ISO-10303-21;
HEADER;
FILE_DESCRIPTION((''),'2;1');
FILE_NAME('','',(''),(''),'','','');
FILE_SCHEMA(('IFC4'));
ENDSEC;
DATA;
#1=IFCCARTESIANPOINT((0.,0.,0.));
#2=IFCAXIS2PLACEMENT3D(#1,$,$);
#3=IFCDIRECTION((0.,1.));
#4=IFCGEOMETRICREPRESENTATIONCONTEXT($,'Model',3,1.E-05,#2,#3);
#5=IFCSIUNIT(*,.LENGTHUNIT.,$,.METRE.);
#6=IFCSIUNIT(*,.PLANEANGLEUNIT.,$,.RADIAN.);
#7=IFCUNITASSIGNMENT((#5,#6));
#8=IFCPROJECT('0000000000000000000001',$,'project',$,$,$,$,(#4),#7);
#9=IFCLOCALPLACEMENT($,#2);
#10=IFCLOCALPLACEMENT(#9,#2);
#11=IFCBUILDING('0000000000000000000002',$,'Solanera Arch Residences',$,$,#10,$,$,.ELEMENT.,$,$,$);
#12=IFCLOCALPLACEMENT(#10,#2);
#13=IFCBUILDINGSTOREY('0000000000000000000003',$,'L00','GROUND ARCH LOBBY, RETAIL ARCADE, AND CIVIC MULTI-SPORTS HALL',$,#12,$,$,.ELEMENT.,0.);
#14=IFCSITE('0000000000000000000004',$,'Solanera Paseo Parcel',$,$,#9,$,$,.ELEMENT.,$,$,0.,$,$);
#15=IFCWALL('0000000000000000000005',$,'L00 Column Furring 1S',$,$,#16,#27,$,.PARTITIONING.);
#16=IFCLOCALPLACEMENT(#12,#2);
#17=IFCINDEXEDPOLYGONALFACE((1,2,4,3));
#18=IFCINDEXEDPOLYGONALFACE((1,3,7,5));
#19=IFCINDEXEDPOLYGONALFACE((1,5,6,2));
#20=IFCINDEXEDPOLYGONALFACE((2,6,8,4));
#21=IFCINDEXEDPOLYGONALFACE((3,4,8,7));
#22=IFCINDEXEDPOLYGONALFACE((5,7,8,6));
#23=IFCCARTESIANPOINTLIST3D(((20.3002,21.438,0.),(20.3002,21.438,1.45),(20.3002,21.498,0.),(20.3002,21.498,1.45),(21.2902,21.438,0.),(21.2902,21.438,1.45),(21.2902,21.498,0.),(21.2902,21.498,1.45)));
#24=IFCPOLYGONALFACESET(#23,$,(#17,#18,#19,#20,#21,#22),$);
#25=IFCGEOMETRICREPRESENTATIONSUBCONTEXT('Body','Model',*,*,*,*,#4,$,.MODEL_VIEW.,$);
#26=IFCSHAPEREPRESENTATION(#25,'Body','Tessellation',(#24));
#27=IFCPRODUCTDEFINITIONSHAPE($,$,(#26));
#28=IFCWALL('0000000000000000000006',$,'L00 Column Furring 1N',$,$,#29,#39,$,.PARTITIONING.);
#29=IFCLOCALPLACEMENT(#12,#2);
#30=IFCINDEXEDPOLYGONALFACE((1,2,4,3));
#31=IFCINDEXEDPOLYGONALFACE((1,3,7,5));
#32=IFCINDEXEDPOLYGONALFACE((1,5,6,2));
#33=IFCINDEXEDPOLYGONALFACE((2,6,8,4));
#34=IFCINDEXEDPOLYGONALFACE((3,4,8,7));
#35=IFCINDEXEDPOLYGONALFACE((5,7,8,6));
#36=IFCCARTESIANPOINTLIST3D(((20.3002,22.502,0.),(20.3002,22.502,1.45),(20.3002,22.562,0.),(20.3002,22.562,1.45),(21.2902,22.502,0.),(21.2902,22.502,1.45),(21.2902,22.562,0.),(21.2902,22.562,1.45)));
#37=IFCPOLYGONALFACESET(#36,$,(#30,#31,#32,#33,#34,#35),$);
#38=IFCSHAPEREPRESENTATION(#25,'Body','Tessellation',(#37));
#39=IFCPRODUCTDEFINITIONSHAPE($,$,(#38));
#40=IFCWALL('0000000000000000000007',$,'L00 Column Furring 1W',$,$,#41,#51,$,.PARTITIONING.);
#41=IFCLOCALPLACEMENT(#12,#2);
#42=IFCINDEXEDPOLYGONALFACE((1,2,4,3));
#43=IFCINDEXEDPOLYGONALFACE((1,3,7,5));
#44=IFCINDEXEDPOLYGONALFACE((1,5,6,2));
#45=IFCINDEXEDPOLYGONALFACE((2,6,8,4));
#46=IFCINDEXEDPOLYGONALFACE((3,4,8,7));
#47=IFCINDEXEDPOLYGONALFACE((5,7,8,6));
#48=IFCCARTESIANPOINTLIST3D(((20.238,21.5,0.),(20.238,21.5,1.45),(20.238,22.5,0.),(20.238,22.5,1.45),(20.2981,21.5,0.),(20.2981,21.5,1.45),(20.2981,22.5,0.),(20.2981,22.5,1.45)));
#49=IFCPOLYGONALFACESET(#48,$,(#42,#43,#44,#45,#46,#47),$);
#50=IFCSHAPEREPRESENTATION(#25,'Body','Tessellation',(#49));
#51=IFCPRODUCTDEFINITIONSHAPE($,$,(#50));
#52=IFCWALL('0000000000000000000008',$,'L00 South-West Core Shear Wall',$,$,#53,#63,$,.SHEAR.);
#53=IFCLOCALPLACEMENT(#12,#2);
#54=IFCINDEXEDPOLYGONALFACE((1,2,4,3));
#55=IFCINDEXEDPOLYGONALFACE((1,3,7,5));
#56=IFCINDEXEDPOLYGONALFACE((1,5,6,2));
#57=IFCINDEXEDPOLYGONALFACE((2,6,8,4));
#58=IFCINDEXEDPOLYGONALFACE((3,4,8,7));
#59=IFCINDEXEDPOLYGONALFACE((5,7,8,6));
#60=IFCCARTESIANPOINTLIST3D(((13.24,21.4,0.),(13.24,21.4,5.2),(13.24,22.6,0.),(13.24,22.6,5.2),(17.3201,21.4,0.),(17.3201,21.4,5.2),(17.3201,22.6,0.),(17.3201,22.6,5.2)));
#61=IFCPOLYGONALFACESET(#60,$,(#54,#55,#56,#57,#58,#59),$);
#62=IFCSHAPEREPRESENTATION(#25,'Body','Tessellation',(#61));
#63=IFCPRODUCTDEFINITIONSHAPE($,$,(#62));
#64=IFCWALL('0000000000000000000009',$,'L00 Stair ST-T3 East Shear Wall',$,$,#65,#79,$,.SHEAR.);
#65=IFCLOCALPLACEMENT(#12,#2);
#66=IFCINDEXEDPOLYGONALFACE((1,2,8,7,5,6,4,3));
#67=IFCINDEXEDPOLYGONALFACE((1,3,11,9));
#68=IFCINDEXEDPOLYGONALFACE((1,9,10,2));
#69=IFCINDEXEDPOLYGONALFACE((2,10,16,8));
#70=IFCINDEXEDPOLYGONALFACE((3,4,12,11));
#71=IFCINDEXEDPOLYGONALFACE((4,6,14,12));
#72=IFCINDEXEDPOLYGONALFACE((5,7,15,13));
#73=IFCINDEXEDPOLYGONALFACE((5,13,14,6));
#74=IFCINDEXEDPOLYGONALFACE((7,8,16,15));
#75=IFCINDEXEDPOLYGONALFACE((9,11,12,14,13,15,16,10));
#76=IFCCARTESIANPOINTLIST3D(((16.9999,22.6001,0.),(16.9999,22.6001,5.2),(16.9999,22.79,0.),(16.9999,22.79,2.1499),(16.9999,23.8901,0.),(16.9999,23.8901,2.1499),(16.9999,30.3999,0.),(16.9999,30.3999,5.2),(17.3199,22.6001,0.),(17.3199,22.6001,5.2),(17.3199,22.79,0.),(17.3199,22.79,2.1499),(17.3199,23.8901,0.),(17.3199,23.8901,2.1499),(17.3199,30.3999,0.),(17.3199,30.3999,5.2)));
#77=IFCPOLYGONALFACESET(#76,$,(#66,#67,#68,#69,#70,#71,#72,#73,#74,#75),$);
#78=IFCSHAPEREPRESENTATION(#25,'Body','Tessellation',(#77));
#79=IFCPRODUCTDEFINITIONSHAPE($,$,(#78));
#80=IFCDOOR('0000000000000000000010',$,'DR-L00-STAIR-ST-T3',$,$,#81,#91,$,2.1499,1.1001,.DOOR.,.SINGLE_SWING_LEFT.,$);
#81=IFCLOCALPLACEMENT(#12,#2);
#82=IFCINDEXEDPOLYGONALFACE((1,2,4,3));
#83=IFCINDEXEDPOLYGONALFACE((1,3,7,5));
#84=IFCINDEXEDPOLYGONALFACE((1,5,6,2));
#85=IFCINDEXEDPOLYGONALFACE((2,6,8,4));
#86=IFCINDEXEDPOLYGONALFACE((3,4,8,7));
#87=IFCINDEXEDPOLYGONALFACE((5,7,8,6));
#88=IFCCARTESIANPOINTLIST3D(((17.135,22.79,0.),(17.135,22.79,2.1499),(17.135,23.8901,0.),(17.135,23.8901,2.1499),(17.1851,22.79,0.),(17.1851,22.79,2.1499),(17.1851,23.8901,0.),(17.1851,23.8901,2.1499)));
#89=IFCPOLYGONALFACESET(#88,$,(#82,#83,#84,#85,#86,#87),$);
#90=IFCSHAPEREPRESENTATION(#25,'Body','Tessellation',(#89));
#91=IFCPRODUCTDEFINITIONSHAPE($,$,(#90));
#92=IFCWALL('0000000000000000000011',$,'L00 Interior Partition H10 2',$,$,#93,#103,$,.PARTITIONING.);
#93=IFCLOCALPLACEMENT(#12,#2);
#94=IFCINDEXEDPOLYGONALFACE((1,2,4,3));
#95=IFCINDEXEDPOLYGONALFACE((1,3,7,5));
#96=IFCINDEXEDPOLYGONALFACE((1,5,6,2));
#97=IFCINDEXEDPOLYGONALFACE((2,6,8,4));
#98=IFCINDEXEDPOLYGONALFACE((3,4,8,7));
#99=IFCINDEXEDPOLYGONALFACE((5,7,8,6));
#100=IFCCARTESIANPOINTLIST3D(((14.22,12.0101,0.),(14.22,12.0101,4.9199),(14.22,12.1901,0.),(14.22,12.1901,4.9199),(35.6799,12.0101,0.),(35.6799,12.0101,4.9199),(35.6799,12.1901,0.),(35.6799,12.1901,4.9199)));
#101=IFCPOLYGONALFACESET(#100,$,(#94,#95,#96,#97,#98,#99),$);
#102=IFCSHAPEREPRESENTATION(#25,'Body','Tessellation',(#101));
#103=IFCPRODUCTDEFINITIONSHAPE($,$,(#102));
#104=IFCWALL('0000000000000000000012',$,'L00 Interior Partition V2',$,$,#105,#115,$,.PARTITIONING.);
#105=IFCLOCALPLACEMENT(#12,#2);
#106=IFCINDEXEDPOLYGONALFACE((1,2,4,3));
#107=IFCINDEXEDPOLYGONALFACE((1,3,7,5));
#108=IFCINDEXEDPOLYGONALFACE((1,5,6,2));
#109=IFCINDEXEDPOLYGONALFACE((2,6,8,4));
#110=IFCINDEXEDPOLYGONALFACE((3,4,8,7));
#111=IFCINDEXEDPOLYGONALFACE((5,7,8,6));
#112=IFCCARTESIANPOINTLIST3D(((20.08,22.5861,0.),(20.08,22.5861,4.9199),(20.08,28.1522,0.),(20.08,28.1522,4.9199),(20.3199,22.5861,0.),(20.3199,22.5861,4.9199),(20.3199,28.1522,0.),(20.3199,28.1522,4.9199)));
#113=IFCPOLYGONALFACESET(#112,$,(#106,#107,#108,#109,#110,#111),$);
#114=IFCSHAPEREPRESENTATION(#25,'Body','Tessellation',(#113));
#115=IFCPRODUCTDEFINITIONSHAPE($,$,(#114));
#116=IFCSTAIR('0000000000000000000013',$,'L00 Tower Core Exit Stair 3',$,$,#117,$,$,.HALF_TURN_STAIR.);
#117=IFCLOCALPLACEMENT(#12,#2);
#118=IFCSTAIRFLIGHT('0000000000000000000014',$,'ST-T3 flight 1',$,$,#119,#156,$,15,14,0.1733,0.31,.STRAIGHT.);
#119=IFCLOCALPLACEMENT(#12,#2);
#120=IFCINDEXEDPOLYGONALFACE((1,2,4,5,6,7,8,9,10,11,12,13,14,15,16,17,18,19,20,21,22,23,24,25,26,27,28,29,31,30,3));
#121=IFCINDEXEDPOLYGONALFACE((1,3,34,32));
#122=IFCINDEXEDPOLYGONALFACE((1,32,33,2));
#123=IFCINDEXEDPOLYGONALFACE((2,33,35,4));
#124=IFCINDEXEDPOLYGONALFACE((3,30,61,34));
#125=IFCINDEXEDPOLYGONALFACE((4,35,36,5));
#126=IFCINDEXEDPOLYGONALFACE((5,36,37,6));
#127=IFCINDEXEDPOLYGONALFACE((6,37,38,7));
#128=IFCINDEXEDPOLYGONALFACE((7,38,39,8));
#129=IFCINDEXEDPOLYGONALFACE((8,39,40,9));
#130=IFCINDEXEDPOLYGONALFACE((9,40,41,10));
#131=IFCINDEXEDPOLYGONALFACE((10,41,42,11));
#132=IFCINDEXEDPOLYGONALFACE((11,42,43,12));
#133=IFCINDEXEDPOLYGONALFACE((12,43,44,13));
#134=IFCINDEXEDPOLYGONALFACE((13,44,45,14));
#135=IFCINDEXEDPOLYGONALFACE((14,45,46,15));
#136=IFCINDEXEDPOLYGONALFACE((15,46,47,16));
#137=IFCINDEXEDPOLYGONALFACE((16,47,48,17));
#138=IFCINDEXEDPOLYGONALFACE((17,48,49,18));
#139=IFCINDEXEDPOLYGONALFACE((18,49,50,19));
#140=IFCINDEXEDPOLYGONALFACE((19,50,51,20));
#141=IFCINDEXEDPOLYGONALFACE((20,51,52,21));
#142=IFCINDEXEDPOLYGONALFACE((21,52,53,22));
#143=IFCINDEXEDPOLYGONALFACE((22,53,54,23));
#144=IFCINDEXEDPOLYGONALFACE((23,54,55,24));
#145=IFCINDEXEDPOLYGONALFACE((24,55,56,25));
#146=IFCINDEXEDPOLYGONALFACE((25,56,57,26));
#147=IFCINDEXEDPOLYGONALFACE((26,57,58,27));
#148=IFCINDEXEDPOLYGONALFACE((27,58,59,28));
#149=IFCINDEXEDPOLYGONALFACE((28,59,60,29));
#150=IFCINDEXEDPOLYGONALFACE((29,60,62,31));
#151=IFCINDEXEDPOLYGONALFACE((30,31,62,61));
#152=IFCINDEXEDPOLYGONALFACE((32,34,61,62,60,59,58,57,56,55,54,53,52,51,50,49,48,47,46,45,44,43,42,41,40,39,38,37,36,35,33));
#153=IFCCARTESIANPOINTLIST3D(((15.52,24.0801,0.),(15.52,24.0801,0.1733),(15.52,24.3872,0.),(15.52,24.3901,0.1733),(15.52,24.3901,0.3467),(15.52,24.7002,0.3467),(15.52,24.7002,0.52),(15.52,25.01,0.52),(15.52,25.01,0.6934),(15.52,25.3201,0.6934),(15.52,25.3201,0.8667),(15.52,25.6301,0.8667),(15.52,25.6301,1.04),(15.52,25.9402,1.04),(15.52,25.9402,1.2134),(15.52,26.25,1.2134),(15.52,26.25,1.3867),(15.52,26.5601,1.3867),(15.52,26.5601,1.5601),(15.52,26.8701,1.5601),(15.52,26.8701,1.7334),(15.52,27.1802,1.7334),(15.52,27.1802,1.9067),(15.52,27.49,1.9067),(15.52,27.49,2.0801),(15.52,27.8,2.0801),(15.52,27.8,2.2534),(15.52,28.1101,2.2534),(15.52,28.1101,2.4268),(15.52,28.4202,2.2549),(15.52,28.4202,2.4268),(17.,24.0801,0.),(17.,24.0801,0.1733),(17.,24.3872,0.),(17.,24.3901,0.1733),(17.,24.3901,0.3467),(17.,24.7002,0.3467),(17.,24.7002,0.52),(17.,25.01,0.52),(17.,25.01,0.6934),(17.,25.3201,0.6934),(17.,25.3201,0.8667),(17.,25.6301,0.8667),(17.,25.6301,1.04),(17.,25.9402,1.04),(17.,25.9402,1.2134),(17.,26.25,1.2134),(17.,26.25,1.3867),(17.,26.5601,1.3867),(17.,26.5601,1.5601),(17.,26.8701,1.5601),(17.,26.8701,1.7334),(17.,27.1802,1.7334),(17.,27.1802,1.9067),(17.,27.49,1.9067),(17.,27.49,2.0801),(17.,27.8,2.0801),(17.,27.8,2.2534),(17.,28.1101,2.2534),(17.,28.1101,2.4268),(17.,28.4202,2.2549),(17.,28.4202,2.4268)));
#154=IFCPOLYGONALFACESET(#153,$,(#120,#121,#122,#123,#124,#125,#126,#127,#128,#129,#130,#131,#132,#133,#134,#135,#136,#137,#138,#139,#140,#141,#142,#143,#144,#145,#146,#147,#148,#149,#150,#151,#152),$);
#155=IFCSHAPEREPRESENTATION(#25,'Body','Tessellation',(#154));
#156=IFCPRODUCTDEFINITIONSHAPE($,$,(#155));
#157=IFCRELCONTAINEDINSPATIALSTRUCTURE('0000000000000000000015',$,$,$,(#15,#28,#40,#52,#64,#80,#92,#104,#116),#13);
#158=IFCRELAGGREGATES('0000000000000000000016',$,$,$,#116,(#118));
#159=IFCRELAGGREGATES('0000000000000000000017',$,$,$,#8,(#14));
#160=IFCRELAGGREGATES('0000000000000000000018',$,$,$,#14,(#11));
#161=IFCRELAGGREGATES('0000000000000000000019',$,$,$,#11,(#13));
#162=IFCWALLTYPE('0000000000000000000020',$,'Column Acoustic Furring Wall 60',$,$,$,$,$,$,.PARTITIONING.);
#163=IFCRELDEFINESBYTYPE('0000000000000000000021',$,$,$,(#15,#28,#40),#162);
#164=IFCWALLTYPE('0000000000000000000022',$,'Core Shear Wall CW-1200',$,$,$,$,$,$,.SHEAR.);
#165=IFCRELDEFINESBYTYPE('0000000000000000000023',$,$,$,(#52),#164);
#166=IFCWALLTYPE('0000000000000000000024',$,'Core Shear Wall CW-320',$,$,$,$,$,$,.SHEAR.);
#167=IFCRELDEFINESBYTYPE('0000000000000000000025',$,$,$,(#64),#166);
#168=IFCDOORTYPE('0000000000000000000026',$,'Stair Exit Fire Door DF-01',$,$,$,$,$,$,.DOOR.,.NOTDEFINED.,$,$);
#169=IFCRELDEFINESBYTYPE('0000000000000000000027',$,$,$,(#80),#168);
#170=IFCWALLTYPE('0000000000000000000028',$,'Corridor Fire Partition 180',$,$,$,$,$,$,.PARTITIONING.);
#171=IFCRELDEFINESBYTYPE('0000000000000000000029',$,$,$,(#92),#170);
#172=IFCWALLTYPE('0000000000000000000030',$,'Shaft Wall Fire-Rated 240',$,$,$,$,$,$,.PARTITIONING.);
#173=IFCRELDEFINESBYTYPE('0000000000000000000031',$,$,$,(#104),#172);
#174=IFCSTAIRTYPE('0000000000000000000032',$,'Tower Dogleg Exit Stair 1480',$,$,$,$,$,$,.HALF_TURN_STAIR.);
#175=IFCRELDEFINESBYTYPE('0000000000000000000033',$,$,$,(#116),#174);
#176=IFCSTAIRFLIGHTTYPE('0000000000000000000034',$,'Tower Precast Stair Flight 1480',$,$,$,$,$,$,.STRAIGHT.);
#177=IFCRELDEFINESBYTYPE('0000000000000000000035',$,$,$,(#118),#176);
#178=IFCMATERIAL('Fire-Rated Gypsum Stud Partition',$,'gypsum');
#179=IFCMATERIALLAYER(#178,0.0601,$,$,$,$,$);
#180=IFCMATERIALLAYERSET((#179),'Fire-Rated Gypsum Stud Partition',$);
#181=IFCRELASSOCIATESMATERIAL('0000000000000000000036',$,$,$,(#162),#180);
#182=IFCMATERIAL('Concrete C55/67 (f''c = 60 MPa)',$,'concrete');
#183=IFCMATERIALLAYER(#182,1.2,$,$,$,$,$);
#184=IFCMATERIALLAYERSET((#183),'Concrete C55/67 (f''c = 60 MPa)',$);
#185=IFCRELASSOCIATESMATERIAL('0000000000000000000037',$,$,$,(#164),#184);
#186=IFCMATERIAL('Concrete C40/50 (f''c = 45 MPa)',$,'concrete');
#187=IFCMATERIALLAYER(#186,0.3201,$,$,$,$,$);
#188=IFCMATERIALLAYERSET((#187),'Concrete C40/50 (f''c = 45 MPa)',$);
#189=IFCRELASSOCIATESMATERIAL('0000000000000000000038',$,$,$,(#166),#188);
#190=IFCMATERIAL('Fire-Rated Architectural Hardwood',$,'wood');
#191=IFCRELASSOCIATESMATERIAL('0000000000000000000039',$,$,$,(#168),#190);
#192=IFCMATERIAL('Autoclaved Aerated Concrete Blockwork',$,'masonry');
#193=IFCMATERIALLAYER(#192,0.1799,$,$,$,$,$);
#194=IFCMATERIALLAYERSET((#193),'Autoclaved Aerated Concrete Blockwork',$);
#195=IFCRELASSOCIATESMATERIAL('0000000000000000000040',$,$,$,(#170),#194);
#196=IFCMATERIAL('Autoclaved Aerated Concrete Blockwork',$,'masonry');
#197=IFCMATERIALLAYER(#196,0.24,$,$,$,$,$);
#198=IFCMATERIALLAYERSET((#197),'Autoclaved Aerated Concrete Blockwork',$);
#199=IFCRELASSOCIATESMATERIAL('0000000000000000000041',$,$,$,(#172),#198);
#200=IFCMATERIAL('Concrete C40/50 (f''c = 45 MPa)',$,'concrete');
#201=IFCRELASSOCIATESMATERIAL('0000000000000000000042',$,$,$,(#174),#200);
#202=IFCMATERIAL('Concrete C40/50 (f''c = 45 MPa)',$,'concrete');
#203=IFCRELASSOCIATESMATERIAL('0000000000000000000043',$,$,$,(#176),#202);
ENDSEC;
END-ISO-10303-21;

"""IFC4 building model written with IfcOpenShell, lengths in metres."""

from ifc_helpers import new_model, si_unit, direction, frame, frame_2d, origin, place, context, subcontext, project, spatial, polyline, rectangle, outline, extrude, material, layer, layer_set, type_object, element, fill, aggregate, save


model = new_model("IFC4")

# Units and contexts
model_context = context("Model", 3, precision=1e-05, world=origin(), true_north=direction((0.0, 1.0)))
body_context = subcontext(model_context, "Body", "Model", "MODEL_VIEW")
ifc_project = project(units=[si_unit("LENGTHUNIT", "METRE"), si_unit("PLANEANGLEUNIT", "RADIAN")], contexts=[model_context])

# Site, building, storey
site_placement = place(None, origin())
site = spatial("IfcSite", under=ifc_project, at=site_placement, Name="Solanera Paseo Parcel", CompositionType="ELEMENT", RefElevation=0.0)
building_placement = place(site_placement, origin())
building = spatial("IfcBuilding", under=site, at=building_placement, Name="Solanera Arch Residences", CompositionType="ELEMENT")
storey_placement = place(building_placement, origin())
storey = spatial("IfcBuildingStorey", under=building, at=storey_placement, Name="L00", Description="GROUND ARCH LOBBY, RETAIL ARCADE, AND CIVIC MULTI-SPORTS HALL", CompositionType="ELEMENT", Elevation=0.0)

# Walls
ifc_material_1 = material(Name="Fire-Rated Gypsum Stud Partition", Category="gypsum")
ifc_layer_1 = layer(ifc_material_1, 0.0601)
ifc_layer_set_1 = layer_set([ifc_layer_1], Name="Fire-Rated Gypsum Stud Partition")
wall_type_1 = type_object("IfcWallType", Name="Column Acoustic Furring Wall 60", PredefinedType="PARTITIONING", material=ifc_layer_set_1)
for number, where, z_axis, x_axis, name in (
    (1, (20.3, 21.468, 0.0), (0.0, 0.0, 1.0), (1.0, 0.0, 0.0), "L00 Column Furring 1S"),
    (2, (20.3, 22.532, 0.0), (0.0, 0.0, 1.0), (1.0, 0.0, 0.0), "L00 Column Furring 1N"),
):
    element("IfcWall", number, at=place(storey_placement, frame(where, z_axis=z_axis, x_axis=x_axis)), inside=storey, type_object=wall_type_1, Name=name, PredefinedType="PARTITIONING", context=body_context, shape_type="SweptSolid", body=[
        extrude(rectangle(XDim=0.99, YDim=0.0601, at=frame_2d((0.4951, 0.0))), origin(), (0.0, 0.0, 1.0), 1.45),
    ])
wall_1_placement = place(storey_placement, frame((20.2681, 21.5, 0.0), z_axis=(0.0, 0.0, 1.0), x_axis=(0.0, 1.0, 0.0)))
element("IfcWall", 3, at=wall_1_placement, inside=storey, type_object=wall_type_1, Name="L00 Column Furring 1W", PredefinedType="PARTITIONING", context=body_context, shape_type="SweptSolid", body=[
    extrude(rectangle(XDim=1.0, YDim=0.0601, at=frame_2d((0.5, 0.0))), origin(), (0.0, 0.0, 1.0), 1.45),
])
ifc_material_2 = material(Name="Concrete C55/67 (f'c = 60 MPa)", Category="concrete")
ifc_layer_2 = layer(ifc_material_2, 1.2)
ifc_layer_set_2 = layer_set([ifc_layer_2], Name="Concrete C55/67 (f'c = 60 MPa)")
wall_type_2 = type_object("IfcWallType", Name="Core Shear Wall CW-1200", PredefinedType="SHEAR", material=ifc_layer_set_2)
wall_2_placement = place(storey_placement, frame((13.24, 22.0, 0.0), z_axis=(0.0, 0.0, 1.0), x_axis=(1.0, 0.0, 0.0)))
element("IfcWall", 4, at=wall_2_placement, inside=storey, type_object=wall_type_2, Name="L00 South-West Core Shear Wall", PredefinedType="SHEAR", context=body_context, shape_type="SweptSolid", body=[
    extrude(rectangle(XDim=4.0801, YDim=1.2, at=frame_2d((2.04, 0.0))), origin(), (0.0, 0.0, 1.0), 5.2),
])

# Wall, opening, door
ifc_material_3 = material(Name="Concrete C40/50 (f'c = 45 MPa)", Category="concrete")
ifc_layer_3 = layer(ifc_material_3, 0.3201)
ifc_layer_set_3 = layer_set([ifc_layer_3], Name="Concrete C40/50 (f'c = 45 MPa)")
wall_type_3 = type_object("IfcWallType", Name="Core Shear Wall CW-320", PredefinedType="SHEAR", material=ifc_layer_set_3)
wall_3_placement = place(storey_placement, frame((17.1599, 22.6001, 0.0), z_axis=(0.0, 0.0, 1.0), x_axis=(0.0, 1.0, 0.0)))
wall_3 = element("IfcWall", 5, at=wall_3_placement, inside=storey, type_object=wall_type_3, Name="L00 Stair ST-T3 East Shear Wall", PredefinedType="SHEAR", context=body_context, shape_type="SweptSolid", body=[
    extrude(rectangle(XDim=7.7998, YDim=0.3201, at=frame_2d((3.8999, 0.0))), origin(), (0.0, 0.0, 1.0), 5.2),
])
opening_1_placement = place(wall_3_placement, frame((0.1899, 0.0, 0.0)))
opening_1 = element("IfcOpeningElement", 6, at=opening_1_placement, cuts=wall_3, PredefinedType="OPENING", context=body_context, shape_type="SweptSolid", body=[
    extrude(rectangle(XDim=1.1001, YDim=2.1499, at=frame_2d((0.55, 1.075))), frame((0.0, 0.1699, 0.0), z_axis=(0.0, -1.0, 0.0), x_axis=(1.0, 0.0, 0.0)), (0.0, 0.0, 1.0), 0.3401),
])
ifc_material_4 = material(Name="Fire-Rated Architectural Hardwood", Category="wood")
door_type_1 = type_object("IfcDoorType", Name="Stair Exit Fire Door DF-01", OperationType="NOTDEFINED", PredefinedType="DOOR", material=ifc_material_4)
door_1_placement = place(opening_1_placement, origin())
door_1 = element("IfcDoor", 7, at=door_1_placement, inside=storey, type_object=door_type_1, Name="DR-L00-STAIR-ST-T3", OperationType="SINGLE_SWING_LEFT", OverallHeight=2.1499, OverallWidth=1.1001, PredefinedType="DOOR", context=body_context, shape_type="SweptSolid", body=[
    extrude(rectangle(XDim=1.1001, YDim=2.1499, at=frame_2d((0.55, 1.075))), frame((0.0, 0.0249, 0.0), z_axis=(0.0, -1.0, 0.0), x_axis=(1.0, 0.0, 0.0)), (0.0, 0.0, 1.0), 0.05),
])
fill(opening_1, door_1)

# Wall
ifc_material_5 = material(Name="Autoclaved Aerated Concrete Blockwork", Category="masonry")
ifc_layer_4 = layer(ifc_material_5, 0.1799)
ifc_layer_set_4 = layer_set([ifc_layer_4], Name="Autoclaved Aerated Concrete Blockwork")
wall_type_4 = type_object("IfcWallType", Name="Corridor Fire Partition 180", PredefinedType="PARTITIONING", material=ifc_layer_set_4)
wall_4_placement = place(storey_placement, frame((14.22, 12.1001, 0.0), z_axis=(0.0, 0.0, 1.0), x_axis=(1.0, 0.0, 0.0)))
element("IfcWall", 8, at=wall_4_placement, inside=storey, type_object=wall_type_4, Name="L00 Interior Partition H10 2", PredefinedType="PARTITIONING", context=body_context, shape_type="SweptSolid", body=[
    extrude(rectangle(XDim=21.46, YDim=0.1799, at=frame_2d((10.73, 0.0))), origin(), (0.0, 0.0, 1.0), 4.9199),
])

# Shared definitions
ifc_material_6 = material(Name="Autoclaved Aerated Concrete Blockwork", Category="masonry")
ifc_layer_5 = layer(ifc_material_6, 0.24)
ifc_layer_set_5 = layer_set([ifc_layer_5], Name="Autoclaved Aerated Concrete Blockwork")
wall_type_5 = type_object("IfcWallType", Name="Shaft Wall Fire-Rated 240", PredefinedType="PARTITIONING", material=ifc_layer_set_5)

# Wall
wall_5_placement = place(storey_placement, frame((20.2, 22.5859, 0.0), z_axis=(0.0, 0.0, 1.0), x_axis=(0.0, 1.0, 0.0)))
element("IfcWall", 9, at=wall_5_placement, inside=storey, type_object=wall_type_5, Name="L00 Interior Partition V2", PredefinedType="PARTITIONING", context=body_context, shape_type="SweptSolid", body=[
    extrude(rectangle(XDim=5.5662, YDim=0.24, at=frame_2d((2.7832, 0.0))), origin(), (0.0, 0.0, 1.0), 4.9199),
])

# Stair, stair flight
ifc_material_7 = material(Name="Concrete C40/50 (f'c = 45 MPa)", Category="concrete")
stair_type = type_object("IfcStairType", Name="Tower Dogleg Exit Stair 1480", PredefinedType="HALF_TURN_STAIR", material=ifc_material_7)
stair_placement = place(storey_placement, origin())
stair = element("IfcStair", 10, at=stair_placement, inside=storey, type_object=stair_type, Name="L00 Tower Core Exit Stair 3", PredefinedType="HALF_TURN_STAIR")
ifc_material_8 = material(Name="Concrete C40/50 (f'c = 45 MPa)", Category="concrete")
stair_flight_type = type_object("IfcStairFlightType", Name="Tower Precast Stair Flight 1480", PredefinedType="STRAIGHT", material=ifc_material_8)
stair_flight_placement = place(storey_placement, frame((16.26, 24.0801, 0.0), z_axis=(0.0, 0.0, 1.0), x_axis=(0.0, 1.0, 0.0)))
stair_flight = element("IfcStairFlight", 11, at=stair_flight_placement, type_object=stair_flight_type, Name="ST-T3 flight 1", NumberOfRisers=15, NumberOfTreads=14, PredefinedType="STRAIGHT", RiserHeight=0.1733, TreadLength=0.31, context=body_context, shape_type="SweptSolid", body=[
    extrude(outline(polyline([(0.0, 0.0), (0.0, 0.1733), (0.3101, 0.1733), (0.3101, 0.3467), (0.6201, 0.3467), (0.6201, 0.52), (0.9299, 0.52), (0.9299, 0.6934), (1.24, 0.6934), (1.24, 0.8667), (1.55, 0.8667), (1.55, 1.04), (1.8601, 1.04), (1.8601, 1.2134), (2.1699, 1.2134), (2.1699, 1.3867), (2.48, 1.3867), (2.48, 1.5601), (2.79, 1.5601), (2.79, 1.7334), (3.1001, 1.7334), (3.1001, 1.9067), (3.4099, 1.9067), (3.4099, 2.0801), (3.72, 2.0801), (3.72, 2.2534), (4.03, 2.2534), (4.03, 2.4268), (4.3401, 2.4268), (4.3401, 2.6001), (4.3401, 2.2549), (0.3071, 0.0), (0.0, 0.0)])), frame((0.0, 0.74, 0.0), z_axis=(0.0, -1.0, 0.0), x_axis=(1.0, 0.0, 0.0)), (0.0, 0.0, 1.0), 1.48),
])
aggregate(stair, [stair_flight])

save(model, "model.ifc")
